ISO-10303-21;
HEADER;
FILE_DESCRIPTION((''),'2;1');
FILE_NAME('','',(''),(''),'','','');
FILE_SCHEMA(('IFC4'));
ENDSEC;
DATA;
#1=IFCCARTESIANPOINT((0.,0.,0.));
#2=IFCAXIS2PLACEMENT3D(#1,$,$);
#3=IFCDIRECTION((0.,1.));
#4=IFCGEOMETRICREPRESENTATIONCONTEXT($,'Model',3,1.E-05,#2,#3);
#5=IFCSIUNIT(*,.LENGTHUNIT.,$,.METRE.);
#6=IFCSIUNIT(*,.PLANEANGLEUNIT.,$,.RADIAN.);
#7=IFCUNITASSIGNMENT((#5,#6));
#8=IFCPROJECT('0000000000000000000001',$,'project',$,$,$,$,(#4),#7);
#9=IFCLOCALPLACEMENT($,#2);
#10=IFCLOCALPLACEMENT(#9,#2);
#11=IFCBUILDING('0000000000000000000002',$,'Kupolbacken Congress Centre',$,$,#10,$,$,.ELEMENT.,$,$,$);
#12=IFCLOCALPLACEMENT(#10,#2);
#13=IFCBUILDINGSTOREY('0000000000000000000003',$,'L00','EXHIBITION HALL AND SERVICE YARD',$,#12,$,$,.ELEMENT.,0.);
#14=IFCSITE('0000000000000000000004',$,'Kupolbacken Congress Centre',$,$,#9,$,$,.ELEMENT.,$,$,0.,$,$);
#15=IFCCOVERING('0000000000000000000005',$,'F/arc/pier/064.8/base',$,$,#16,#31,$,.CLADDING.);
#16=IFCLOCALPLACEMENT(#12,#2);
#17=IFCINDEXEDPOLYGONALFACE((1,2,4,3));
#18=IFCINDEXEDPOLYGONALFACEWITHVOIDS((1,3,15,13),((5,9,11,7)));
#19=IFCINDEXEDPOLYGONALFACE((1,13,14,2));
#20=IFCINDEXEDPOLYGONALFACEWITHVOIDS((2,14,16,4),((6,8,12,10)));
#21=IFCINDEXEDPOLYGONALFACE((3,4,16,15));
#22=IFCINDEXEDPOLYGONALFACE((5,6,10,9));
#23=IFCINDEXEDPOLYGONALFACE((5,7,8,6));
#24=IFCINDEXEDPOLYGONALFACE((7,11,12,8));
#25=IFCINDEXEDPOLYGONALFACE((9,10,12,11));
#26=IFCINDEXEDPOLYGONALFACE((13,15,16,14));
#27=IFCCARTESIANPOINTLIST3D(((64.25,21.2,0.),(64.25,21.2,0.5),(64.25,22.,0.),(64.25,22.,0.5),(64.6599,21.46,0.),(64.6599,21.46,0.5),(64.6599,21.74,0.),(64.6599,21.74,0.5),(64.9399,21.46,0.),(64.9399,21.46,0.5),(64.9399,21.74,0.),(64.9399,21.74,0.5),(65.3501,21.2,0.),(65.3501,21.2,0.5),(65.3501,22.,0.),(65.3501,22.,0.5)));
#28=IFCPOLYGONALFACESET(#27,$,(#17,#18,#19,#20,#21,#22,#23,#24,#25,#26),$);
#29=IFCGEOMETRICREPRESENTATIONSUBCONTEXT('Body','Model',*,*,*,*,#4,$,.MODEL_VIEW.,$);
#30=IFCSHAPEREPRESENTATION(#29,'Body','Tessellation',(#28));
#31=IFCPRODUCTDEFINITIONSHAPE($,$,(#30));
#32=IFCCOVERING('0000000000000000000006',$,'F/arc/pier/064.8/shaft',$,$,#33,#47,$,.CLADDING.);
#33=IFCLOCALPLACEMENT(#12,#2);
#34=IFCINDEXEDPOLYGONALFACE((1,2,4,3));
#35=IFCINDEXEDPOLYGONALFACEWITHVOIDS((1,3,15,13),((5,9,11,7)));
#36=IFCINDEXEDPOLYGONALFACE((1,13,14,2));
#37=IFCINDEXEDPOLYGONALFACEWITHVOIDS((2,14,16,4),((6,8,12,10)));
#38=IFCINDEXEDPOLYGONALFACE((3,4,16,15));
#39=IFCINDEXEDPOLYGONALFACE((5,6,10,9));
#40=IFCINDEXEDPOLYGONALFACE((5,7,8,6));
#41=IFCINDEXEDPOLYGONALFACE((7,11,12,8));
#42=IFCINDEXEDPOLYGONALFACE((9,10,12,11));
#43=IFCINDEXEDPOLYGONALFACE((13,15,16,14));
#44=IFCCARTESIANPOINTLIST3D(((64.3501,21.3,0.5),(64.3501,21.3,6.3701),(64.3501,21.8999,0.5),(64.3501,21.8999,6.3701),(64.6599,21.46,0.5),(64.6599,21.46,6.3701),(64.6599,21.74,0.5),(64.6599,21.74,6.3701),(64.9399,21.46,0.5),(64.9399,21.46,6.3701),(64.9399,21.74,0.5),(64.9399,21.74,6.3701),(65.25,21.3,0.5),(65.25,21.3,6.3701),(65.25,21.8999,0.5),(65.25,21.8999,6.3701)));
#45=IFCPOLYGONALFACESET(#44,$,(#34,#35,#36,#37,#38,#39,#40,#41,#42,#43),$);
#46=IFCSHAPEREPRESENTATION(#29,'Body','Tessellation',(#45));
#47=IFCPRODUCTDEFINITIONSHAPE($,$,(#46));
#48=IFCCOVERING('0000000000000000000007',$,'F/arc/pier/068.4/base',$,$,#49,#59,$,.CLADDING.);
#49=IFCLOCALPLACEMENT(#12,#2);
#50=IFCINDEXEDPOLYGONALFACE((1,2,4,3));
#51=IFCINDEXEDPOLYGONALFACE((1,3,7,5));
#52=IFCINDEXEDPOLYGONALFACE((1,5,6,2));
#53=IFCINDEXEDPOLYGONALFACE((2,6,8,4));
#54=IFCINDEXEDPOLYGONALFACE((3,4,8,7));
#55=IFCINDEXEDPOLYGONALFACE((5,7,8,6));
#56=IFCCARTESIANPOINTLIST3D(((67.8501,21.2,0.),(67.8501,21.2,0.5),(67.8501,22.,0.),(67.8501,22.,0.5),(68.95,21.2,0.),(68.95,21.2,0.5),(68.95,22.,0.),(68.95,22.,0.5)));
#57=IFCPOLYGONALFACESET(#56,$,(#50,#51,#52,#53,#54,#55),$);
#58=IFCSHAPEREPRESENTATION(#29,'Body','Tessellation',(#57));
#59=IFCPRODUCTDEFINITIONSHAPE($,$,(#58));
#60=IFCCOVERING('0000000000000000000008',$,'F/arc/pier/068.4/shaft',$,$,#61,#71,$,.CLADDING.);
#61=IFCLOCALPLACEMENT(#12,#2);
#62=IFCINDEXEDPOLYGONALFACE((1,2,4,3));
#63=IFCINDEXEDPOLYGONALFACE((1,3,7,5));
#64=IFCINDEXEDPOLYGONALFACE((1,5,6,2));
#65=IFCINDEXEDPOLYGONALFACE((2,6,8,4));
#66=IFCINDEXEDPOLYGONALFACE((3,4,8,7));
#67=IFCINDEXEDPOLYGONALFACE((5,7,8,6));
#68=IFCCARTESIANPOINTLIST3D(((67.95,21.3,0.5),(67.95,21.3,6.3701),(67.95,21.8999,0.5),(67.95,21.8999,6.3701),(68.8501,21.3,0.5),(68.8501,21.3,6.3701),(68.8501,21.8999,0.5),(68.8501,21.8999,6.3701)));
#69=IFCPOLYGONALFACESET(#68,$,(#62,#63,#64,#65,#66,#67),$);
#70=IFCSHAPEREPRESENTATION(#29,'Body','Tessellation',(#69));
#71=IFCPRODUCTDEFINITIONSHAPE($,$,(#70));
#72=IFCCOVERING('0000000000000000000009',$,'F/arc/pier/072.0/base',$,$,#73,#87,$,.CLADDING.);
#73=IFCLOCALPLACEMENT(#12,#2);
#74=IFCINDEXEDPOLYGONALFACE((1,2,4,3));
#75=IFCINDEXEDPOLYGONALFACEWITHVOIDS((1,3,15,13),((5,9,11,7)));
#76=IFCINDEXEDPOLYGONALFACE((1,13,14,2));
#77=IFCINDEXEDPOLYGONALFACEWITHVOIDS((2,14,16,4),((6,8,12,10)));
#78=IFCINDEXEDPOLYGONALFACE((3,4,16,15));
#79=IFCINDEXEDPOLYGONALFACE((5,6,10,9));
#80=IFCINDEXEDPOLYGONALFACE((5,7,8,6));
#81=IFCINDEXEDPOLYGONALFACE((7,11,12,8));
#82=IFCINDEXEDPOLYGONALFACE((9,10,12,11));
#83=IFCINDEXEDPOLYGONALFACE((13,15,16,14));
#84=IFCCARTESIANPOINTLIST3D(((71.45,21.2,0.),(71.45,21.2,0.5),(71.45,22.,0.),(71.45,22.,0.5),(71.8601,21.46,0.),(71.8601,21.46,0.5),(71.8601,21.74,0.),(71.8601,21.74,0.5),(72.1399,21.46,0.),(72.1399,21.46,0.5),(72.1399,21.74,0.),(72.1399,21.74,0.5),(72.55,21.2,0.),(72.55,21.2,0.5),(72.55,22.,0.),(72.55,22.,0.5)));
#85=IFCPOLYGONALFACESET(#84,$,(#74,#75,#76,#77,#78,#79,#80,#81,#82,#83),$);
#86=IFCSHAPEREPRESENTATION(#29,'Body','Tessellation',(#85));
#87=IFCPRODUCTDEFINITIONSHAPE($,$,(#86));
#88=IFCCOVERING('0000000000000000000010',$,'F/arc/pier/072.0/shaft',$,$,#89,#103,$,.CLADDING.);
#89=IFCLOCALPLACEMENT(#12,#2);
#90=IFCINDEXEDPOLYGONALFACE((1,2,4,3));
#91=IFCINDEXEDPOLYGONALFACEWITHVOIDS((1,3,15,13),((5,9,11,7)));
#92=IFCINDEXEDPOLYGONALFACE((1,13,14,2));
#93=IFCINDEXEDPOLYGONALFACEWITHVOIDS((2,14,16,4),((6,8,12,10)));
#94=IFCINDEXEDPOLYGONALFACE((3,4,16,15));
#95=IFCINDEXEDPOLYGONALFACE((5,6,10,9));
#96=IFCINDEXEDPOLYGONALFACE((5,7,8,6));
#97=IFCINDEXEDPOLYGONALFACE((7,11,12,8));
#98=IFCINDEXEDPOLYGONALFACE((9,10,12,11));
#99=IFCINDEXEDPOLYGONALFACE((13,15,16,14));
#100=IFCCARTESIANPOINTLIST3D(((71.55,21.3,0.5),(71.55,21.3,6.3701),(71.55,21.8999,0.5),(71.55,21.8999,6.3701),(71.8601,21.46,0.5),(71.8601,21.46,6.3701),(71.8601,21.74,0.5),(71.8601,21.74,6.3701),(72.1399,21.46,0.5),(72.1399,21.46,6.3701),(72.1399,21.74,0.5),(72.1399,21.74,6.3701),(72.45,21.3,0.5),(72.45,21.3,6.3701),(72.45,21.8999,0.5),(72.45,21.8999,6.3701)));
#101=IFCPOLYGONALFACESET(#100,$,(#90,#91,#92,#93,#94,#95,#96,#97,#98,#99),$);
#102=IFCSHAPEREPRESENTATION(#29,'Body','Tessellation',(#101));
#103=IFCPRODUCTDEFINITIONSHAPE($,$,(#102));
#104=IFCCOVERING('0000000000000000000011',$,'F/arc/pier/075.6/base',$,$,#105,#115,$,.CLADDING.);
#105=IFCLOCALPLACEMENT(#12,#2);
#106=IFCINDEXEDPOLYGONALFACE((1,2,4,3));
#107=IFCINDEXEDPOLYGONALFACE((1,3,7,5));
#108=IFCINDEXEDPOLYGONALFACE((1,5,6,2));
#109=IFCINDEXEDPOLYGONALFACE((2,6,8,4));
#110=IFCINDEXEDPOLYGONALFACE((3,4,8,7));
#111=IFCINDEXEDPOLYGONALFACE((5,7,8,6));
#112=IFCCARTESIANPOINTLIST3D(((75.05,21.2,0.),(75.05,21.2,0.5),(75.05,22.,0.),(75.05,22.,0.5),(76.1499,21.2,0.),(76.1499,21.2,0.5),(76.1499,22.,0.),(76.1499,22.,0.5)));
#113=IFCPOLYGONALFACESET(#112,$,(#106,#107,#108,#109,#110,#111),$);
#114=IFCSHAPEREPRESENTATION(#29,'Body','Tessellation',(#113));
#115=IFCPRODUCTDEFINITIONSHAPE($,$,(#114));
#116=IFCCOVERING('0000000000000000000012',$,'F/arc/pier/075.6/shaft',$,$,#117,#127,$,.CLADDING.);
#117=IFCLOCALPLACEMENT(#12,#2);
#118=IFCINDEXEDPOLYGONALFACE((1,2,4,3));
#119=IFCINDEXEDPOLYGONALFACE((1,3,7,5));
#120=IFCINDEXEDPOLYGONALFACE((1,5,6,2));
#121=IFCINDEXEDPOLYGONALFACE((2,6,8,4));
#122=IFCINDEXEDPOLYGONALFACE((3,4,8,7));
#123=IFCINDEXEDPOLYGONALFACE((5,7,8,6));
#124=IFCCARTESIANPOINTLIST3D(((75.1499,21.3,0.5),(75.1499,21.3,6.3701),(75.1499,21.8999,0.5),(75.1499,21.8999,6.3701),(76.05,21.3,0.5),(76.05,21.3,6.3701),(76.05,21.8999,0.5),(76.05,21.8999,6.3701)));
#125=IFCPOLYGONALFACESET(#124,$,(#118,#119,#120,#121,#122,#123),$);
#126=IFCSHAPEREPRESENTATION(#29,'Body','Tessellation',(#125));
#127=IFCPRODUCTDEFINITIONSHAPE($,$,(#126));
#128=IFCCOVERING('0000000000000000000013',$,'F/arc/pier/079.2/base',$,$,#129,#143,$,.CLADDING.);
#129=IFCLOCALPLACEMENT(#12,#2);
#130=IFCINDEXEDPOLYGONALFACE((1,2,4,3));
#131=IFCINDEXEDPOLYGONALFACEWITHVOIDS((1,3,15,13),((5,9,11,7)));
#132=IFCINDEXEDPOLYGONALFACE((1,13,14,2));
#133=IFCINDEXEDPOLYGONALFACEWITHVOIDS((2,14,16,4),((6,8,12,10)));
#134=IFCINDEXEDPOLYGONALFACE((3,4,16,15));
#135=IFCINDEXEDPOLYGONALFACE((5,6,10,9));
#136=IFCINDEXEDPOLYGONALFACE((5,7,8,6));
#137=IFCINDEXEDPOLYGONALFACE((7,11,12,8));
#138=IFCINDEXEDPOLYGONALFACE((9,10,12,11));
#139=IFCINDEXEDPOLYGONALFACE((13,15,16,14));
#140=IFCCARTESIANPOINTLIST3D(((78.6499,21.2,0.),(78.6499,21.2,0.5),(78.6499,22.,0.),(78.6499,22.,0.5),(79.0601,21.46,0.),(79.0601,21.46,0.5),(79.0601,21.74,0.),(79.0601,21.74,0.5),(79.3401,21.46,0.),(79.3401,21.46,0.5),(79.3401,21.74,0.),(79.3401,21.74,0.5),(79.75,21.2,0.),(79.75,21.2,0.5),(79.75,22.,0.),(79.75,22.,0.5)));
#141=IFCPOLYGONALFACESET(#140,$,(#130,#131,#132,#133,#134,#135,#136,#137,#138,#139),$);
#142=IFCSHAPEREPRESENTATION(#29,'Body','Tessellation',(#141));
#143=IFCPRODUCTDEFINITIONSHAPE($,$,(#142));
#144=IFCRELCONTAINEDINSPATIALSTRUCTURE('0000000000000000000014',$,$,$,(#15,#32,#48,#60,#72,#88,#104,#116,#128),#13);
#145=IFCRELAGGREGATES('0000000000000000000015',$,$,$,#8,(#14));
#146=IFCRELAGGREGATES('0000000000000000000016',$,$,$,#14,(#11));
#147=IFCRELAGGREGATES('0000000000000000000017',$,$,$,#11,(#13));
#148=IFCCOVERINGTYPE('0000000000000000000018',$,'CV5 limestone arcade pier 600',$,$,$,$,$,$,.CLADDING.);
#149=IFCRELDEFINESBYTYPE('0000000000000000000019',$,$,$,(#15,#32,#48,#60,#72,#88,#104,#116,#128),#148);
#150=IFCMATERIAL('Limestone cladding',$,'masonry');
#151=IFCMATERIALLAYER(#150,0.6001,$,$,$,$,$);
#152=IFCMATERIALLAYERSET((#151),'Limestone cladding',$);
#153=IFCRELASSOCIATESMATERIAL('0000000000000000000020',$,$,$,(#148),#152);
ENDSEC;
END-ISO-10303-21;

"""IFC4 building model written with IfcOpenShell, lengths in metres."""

from ifc_helpers import new_model, si_unit, direction, frame, origin, place, context, subcontext, project, spatial, polyline, outline, extrude, material, layer, layer_set, type_object, element, save


model = new_model("IFC4")

# Units and contexts
model_context = context("Model", 3, precision=1e-05, world=origin(), true_north=direction((0.0, 1.0)))
body_context = subcontext(model_context, "Body", "Model", "MODEL_VIEW")
ifc_project = project(units=[si_unit("LENGTHUNIT", "METRE"), si_unit("PLANEANGLEUNIT", "RADIAN")], contexts=[model_context])

# Site, building, storey
site_placement = place(None, origin())
site = spatial("IfcSite", under=ifc_project, at=site_placement, Name="Kupolbacken Congress Centre", CompositionType="ELEMENT", RefElevation=0.0)
building_placement = place(site_placement, origin())
building = spatial("IfcBuilding", under=site, at=building_placement, Name="Kupolbacken Congress Centre", CompositionType="ELEMENT")
storey_placement = place(building_placement, origin())
storey = spatial("IfcBuildingStorey", under=building, at=storey_placement, Name="L00", Description="EXHIBITION HALL AND SERVICE YARD", CompositionType="ELEMENT", Elevation=0.0)

# Coverings
ifc_material = material(Name="Limestone cladding", Category="masonry")
ifc_layer = layer(ifc_material, 0.6001)
ifc_layer_set = layer_set([ifc_layer], Name="Limestone cladding")
covering_type = type_object("IfcCoveringType", Name="CV5 limestone arcade pier 600", PredefinedType="CLADDING", material=ifc_layer_set)
covering_1_placement = place(storey_placement, origin())
element("IfcCovering", 1, at=covering_1_placement, inside=storey, type_object=covering_type, Name="F/arc/pier/064.8/base", PredefinedType="CLADDING", context=body_context, shape_type="SweptSolid", body=[
    extrude(outline(polyline([(64.25, 21.2), (65.3501, 21.2), (65.3501, 22.0), (64.25, 22.0), (64.25, 21.2)]), holes=[polyline([(64.6599, 21.46), (64.9399, 21.46), (64.9399, 21.74), (64.6599, 21.74), (64.6599, 21.46)])]), origin(), (0.0, 0.0, 1.0), 0.5),
])
covering_2_placement = place(storey_placement, frame((0.0, 0.0, 0.5)))
element("IfcCovering", 2, at=covering_2_placement, inside=storey, type_object=covering_type, Name="F/arc/pier/064.8/shaft", PredefinedType="CLADDING", context=body_context, shape_type="SweptSolid", body=[
    extrude(outline(polyline([(64.3501, 21.3), (65.25, 21.3), (65.25, 21.8999), (64.3501, 21.8999), (64.3501, 21.3)]), holes=[polyline([(64.6599, 21.46), (64.9399, 21.46), (64.9399, 21.74), (64.6599, 21.74), (64.6599, 21.46)])]), origin(), (0.0, 0.0, 1.0), 5.8701),
])
covering_3_placement = place(storey_placement, origin())
element("IfcCovering", 3, at=covering_3_placement, inside=storey, type_object=covering_type, Name="F/arc/pier/068.4/base", PredefinedType="CLADDING", context=body_context, shape_type="SweptSolid", body=[
    extrude(outline(polyline([(67.8501, 21.2), (68.95, 21.2), (68.95, 22.0), (67.8501, 22.0), (67.8501, 21.2)])), origin(), (0.0, 0.0, 1.0), 0.5),
])
covering_4_placement = place(storey_placement, frame((0.0, 0.0, 0.5)))
element("IfcCovering", 4, at=covering_4_placement, inside=storey, type_object=covering_type, Name="F/arc/pier/068.4/shaft", PredefinedType="CLADDING", context=body_context, shape_type="SweptSolid", body=[
    extrude(outline(polyline([(67.95, 21.3), (68.8501, 21.3), (68.8501, 21.8999), (67.95, 21.8999), (67.95, 21.3)])), origin(), (0.0, 0.0, 1.0), 5.8701),
])
covering_5_placement = place(storey_placement, origin())
element("IfcCovering", 5, at=covering_5_placement, inside=storey, type_object=covering_type, Name="F/arc/pier/072.0/base", PredefinedType="CLADDING", context=body_context, shape_type="SweptSolid", body=[
    extrude(outline(polyline([(71.45, 21.2), (72.55, 21.2), (72.55, 22.0), (71.45, 22.0), (71.45, 21.2)]), holes=[polyline([(71.8601, 21.46), (72.1399, 21.46), (72.1399, 21.74), (71.8601, 21.74), (71.8601, 21.46)])]), origin(), (0.0, 0.0, 1.0), 0.5),
])
covering_6_placement = place(storey_placement, frame((0.0, 0.0, 0.5)))
element("IfcCovering", 6, at=covering_6_placement, inside=storey, type_object=covering_type, Name="F/arc/pier/072.0/shaft", PredefinedType="CLADDING", context=body_context, shape_type="SweptSolid", body=[
    extrude(outline(polyline([(71.55, 21.3), (72.45, 21.3), (72.45, 21.8999), (71.55, 21.8999), (71.55, 21.3)]), holes=[polyline([(71.8601, 21.46), (72.1399, 21.46), (72.1399, 21.74), (71.8601, 21.74), (71.8601, 21.46)])]), origin(), (0.0, 0.0, 1.0), 5.8701),
])
covering_7_placement = place(storey_placement, origin())
element("IfcCovering", 7, at=covering_7_placement, inside=storey, type_object=covering_type, Name="F/arc/pier/075.6/base", PredefinedType="CLADDING", context=body_context, shape_type="SweptSolid", body=[
    extrude(outline(polyline([(75.05, 21.2), (76.1499, 21.2), (76.1499, 22.0), (75.05, 22.0), (75.05, 21.2)])), origin(), (0.0, 0.0, 1.0), 0.5),
])
covering_8_placement = place(storey_placement, frame((0.0, 0.0, 0.5)))
element("IfcCovering", 8, at=covering_8_placement, inside=storey, type_object=covering_type, Name="F/arc/pier/075.6/shaft", PredefinedType="CLADDING", context=body_context, shape_type="SweptSolid", body=[
    extrude(outline(polyline([(75.1499, 21.3), (76.05, 21.3), (76.05, 21.8999), (75.1499, 21.8999), (75.1499, 21.3)])), origin(), (0.0, 0.0, 1.0), 5.8701),
])
covering_9_placement = place(storey_placement, origin())
element("IfcCovering", 9, at=covering_9_placement, inside=storey, type_object=covering_type, Name="F/arc/pier/079.2/base", PredefinedType="CLADDING", context=body_context, shape_type="SweptSolid", body=[
    extrude(outline(polyline([(78.6499, 21.2), (79.75, 21.2), (79.75, 22.0), (78.6499, 22.0), (78.6499, 21.2)]), holes=[polyline([(79.0601, 21.46), (79.3401, 21.46), (79.3401, 21.74), (79.0601, 21.74), (79.0601, 21.46)])]), origin(), (0.0, 0.0, 1.0), 0.5),
])

save(model, "model.ifc")
